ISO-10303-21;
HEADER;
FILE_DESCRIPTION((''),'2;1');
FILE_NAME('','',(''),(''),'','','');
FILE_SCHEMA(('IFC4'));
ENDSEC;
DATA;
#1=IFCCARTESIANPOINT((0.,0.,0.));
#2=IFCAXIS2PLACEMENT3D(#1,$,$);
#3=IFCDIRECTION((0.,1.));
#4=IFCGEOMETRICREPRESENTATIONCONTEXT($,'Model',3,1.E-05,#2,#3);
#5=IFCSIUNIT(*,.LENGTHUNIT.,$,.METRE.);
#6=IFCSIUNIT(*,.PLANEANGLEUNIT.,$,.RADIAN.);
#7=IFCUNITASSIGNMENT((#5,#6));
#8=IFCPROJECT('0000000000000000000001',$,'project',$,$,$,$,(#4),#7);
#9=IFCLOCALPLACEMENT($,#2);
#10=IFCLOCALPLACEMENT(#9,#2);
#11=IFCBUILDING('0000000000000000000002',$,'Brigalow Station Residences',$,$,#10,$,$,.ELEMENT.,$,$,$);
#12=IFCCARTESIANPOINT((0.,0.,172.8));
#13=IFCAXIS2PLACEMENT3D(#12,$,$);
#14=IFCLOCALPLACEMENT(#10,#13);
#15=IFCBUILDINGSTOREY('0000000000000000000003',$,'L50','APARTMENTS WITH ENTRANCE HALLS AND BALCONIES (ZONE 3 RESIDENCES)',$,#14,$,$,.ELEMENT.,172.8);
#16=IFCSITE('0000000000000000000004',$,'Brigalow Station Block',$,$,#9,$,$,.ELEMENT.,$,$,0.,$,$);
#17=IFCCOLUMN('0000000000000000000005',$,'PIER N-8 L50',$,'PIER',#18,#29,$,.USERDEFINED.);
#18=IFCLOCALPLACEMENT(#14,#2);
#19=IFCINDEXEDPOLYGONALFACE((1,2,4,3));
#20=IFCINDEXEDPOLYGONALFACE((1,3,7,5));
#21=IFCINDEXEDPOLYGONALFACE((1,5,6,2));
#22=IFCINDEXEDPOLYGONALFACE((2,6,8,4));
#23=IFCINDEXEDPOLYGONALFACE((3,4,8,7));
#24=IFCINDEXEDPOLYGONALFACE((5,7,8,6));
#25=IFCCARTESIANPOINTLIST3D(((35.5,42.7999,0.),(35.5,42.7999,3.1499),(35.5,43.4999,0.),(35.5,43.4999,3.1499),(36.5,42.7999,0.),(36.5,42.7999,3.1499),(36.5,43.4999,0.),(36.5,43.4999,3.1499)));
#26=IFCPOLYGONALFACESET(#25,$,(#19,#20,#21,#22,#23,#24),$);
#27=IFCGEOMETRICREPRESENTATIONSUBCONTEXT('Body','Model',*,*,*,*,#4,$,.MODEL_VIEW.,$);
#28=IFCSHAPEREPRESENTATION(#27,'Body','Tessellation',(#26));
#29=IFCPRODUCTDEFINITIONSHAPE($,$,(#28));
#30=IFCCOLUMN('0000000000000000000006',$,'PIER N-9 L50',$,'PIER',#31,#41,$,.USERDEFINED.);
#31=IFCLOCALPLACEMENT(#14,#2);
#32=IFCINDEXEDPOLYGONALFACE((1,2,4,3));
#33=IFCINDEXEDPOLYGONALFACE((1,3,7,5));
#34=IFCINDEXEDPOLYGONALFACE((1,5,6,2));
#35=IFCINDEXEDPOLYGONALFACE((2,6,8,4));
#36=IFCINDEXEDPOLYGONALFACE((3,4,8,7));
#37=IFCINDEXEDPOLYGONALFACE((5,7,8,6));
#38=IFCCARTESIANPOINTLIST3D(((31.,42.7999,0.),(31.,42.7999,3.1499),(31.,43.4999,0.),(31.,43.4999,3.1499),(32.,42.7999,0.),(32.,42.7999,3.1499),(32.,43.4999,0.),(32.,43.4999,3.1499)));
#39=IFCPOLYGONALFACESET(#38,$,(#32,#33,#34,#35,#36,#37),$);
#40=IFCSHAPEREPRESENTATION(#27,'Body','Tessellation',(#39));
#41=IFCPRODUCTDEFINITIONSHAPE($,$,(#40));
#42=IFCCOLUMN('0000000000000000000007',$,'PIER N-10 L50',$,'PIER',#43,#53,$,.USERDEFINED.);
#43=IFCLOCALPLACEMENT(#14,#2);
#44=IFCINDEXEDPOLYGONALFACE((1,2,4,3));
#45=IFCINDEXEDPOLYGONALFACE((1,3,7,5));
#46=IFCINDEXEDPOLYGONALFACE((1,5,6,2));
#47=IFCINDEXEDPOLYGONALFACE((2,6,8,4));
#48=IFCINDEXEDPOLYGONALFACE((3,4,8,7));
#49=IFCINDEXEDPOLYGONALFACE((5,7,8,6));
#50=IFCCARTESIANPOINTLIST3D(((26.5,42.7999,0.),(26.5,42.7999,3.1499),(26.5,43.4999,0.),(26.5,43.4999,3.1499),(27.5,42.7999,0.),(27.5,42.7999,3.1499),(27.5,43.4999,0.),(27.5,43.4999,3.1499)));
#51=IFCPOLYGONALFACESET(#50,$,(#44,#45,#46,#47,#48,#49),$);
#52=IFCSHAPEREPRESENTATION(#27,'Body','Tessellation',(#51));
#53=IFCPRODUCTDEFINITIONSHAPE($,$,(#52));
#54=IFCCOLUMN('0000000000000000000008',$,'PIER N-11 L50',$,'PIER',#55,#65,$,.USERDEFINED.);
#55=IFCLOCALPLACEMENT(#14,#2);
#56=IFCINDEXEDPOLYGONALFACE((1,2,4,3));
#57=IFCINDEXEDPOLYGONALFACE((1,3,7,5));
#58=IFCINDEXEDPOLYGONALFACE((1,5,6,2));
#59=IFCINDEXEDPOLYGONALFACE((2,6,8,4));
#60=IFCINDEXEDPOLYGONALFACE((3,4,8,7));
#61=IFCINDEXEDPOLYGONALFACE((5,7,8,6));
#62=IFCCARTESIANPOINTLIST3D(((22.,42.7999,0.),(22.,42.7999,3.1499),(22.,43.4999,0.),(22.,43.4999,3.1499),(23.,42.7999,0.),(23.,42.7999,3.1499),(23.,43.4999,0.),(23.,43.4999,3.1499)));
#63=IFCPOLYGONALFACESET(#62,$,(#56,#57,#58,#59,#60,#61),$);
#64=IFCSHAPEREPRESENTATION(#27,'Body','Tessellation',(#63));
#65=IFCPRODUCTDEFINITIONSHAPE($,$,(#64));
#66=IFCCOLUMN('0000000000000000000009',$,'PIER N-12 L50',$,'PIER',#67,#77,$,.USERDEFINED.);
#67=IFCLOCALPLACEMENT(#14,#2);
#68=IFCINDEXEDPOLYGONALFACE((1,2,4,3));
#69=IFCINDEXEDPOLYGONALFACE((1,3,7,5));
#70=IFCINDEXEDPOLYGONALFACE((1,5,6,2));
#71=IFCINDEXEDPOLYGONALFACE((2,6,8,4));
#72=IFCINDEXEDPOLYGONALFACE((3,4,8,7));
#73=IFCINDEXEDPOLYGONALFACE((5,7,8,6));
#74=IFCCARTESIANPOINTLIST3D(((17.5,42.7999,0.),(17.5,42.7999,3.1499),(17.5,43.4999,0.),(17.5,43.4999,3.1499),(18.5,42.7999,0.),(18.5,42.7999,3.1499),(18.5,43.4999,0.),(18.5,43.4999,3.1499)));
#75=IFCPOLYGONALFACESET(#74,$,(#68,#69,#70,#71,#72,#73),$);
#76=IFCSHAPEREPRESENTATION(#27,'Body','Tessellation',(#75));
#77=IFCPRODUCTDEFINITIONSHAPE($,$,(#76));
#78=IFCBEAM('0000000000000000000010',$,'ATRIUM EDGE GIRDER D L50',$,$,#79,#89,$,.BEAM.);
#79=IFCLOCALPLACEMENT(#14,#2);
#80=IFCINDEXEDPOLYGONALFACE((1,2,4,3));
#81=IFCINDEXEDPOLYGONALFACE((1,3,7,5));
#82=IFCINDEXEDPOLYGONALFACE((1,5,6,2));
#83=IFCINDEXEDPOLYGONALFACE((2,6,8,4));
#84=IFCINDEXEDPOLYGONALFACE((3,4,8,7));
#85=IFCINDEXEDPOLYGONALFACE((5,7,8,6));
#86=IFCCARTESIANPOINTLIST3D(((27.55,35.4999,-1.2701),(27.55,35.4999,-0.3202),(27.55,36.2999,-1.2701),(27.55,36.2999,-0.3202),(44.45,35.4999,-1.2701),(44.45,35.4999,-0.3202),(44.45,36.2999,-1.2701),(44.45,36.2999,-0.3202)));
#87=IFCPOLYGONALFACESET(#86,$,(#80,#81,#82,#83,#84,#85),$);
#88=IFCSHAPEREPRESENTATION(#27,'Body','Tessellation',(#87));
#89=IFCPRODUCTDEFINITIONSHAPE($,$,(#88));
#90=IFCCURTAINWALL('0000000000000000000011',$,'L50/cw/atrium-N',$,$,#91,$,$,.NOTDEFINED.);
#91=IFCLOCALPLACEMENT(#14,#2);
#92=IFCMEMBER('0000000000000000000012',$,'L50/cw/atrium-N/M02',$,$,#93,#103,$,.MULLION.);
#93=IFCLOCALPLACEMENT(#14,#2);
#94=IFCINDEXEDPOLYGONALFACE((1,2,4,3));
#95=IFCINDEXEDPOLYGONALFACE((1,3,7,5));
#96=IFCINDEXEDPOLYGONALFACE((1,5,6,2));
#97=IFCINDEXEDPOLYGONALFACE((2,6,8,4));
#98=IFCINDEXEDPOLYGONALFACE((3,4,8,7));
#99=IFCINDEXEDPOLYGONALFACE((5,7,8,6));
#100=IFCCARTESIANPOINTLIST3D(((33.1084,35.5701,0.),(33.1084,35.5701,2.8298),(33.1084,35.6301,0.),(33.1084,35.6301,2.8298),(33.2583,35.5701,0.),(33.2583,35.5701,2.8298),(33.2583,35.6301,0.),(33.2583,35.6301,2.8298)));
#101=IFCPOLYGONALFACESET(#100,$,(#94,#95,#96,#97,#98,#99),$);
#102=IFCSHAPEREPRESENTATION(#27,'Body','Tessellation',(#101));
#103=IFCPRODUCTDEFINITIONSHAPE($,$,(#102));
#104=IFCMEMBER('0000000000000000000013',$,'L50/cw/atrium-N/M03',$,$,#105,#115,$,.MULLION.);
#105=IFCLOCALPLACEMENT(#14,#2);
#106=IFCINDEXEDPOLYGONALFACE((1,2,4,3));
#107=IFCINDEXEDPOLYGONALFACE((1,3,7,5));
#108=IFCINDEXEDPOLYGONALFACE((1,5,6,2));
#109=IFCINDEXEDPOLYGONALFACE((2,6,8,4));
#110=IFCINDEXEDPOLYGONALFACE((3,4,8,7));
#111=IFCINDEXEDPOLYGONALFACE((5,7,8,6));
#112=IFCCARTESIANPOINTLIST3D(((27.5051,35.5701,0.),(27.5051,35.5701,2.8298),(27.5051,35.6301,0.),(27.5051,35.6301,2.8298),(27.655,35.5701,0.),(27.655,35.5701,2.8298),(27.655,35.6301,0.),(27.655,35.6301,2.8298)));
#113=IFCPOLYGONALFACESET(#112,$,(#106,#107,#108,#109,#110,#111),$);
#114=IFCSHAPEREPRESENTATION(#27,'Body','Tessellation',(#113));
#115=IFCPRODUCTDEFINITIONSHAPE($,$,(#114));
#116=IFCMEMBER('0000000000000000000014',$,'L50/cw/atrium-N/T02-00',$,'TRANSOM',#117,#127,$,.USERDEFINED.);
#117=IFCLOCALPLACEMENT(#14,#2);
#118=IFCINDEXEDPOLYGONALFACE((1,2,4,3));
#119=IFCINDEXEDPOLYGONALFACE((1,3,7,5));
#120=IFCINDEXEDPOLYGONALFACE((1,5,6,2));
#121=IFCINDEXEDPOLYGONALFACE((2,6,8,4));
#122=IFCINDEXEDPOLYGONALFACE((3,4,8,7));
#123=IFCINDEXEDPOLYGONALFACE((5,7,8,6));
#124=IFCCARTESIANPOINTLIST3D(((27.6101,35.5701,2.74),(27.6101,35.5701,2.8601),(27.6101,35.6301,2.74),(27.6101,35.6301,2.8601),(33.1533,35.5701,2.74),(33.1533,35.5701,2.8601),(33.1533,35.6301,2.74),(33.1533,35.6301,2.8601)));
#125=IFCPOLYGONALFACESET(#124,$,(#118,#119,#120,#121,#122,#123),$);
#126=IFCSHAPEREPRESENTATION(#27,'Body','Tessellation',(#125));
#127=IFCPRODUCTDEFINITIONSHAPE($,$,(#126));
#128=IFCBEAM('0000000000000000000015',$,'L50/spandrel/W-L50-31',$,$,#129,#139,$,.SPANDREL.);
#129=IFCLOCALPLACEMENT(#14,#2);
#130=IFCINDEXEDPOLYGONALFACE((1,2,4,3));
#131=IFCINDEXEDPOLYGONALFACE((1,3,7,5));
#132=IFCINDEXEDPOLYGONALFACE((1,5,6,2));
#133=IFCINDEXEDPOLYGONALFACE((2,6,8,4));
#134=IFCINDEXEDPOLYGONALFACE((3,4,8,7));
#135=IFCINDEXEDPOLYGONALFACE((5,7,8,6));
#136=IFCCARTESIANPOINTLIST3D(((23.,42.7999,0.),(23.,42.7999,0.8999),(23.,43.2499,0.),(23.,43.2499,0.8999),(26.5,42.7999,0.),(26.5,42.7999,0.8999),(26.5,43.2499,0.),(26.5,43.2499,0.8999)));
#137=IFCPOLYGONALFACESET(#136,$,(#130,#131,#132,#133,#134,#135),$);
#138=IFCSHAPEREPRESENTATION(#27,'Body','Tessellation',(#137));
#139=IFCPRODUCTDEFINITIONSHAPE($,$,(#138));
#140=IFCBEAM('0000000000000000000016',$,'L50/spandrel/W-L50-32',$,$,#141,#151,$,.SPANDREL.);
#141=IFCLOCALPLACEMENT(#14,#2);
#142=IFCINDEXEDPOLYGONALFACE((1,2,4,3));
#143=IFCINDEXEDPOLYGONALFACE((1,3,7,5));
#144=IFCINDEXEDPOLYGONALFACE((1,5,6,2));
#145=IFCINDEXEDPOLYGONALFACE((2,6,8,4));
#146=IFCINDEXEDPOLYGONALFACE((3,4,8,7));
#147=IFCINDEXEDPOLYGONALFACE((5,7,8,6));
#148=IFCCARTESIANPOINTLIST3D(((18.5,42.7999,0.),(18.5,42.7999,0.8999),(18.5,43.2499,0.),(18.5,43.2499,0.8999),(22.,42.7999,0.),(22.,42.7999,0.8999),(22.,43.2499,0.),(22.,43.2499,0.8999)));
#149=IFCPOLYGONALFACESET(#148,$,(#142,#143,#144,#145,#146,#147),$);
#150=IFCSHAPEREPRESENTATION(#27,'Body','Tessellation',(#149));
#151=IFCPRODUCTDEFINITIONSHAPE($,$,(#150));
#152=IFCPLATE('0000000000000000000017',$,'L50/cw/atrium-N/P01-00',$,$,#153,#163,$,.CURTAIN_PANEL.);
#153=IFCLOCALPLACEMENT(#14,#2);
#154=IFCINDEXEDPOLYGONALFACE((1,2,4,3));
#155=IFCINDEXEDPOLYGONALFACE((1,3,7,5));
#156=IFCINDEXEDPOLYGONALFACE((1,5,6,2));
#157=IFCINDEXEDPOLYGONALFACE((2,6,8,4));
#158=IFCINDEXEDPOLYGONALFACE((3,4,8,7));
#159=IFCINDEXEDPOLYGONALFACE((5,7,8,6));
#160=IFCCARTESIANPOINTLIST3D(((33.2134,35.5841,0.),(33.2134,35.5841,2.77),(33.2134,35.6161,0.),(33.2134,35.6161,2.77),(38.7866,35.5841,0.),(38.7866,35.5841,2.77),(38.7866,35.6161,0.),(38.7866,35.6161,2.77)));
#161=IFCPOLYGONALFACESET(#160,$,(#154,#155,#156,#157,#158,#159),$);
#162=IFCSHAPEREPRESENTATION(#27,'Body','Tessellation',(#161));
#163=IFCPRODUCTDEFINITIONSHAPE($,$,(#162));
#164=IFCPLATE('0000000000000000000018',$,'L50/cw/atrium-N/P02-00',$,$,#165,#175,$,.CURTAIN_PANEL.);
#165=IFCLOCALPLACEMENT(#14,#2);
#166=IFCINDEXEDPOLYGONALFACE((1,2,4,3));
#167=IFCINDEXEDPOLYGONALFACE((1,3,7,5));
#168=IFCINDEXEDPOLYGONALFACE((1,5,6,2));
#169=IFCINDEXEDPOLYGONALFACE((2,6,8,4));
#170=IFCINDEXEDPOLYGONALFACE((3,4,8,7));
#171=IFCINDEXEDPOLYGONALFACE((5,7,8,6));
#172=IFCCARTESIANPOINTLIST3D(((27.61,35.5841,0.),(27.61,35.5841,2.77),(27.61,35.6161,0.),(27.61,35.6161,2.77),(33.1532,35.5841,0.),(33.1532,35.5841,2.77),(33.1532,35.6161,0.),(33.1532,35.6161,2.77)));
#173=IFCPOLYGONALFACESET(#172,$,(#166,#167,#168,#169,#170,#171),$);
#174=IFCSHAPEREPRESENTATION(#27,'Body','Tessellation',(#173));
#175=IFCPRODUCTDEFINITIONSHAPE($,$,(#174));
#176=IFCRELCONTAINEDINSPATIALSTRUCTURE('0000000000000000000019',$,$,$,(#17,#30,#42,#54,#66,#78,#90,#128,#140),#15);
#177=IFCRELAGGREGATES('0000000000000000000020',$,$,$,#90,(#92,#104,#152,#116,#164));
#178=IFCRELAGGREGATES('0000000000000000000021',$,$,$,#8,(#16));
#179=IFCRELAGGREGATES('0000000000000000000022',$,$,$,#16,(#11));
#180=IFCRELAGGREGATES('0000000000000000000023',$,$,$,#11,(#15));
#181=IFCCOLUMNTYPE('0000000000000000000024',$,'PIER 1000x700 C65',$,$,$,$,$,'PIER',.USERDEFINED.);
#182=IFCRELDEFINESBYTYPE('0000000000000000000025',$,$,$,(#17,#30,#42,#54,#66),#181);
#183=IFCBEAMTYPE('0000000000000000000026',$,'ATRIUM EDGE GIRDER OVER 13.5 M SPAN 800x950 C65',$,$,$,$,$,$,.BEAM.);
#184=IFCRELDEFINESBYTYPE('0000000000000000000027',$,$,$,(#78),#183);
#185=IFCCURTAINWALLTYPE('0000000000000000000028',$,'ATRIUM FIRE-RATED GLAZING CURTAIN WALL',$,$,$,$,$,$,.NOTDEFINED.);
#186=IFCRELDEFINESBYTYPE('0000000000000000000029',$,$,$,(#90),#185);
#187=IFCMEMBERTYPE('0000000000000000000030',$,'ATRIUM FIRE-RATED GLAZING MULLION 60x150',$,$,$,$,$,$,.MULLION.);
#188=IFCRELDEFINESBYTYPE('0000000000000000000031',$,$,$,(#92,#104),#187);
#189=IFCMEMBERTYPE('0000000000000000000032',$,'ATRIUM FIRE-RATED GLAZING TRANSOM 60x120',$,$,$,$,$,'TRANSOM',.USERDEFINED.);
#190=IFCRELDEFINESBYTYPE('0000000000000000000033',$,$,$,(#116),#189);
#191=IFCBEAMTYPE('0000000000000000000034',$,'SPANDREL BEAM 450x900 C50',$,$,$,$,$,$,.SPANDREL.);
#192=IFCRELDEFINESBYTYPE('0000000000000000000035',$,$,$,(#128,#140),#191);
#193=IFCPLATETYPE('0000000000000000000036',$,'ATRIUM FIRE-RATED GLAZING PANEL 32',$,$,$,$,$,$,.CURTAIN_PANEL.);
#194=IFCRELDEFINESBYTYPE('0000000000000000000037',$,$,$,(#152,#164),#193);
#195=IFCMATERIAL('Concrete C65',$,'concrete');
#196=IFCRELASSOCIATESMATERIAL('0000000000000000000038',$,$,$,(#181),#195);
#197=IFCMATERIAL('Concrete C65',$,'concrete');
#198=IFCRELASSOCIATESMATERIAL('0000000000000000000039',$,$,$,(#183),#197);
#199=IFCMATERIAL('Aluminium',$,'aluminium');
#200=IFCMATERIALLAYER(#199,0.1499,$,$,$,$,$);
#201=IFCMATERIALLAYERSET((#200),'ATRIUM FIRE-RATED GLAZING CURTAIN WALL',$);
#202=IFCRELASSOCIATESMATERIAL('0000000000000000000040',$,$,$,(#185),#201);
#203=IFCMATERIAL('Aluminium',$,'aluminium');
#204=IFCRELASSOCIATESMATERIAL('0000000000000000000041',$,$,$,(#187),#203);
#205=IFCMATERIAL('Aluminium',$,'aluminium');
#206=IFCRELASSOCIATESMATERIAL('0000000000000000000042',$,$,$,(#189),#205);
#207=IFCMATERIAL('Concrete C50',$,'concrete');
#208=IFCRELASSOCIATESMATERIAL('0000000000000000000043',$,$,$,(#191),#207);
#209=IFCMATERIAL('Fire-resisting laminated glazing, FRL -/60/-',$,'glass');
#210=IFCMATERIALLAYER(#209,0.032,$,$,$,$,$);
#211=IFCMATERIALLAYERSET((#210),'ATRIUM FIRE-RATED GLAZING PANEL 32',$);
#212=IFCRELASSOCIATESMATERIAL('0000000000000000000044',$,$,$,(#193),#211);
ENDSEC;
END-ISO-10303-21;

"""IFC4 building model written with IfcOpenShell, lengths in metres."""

from ifc_helpers import new_model, si_unit, direction, frame, origin, origin_2d, place, context, subcontext, project, spatial, rectangle, extrude, material, layer, layer_set, material_profile, profile_set, type_object, element, aggregate, save


model = new_model("IFC4")

# Units and contexts
model_context = context("Model", 3, precision=1e-05, world=origin(), true_north=direction((0.0, 1.0)))
body_context = subcontext(model_context, "Body", "Model", "MODEL_VIEW")
ifc_project = project(units=[si_unit("LENGTHUNIT", "METRE"), si_unit("PLANEANGLEUNIT", "RADIAN")], contexts=[model_context])

# Site, building, storey
site_placement = place(None, origin())
site = spatial("IfcSite", under=ifc_project, at=site_placement, Name="Brigalow Station Block", CompositionType="ELEMENT", RefElevation=0.0)
building_placement = place(site_placement, origin())
building = spatial("IfcBuilding", under=site, at=building_placement, Name="Brigalow Station Residences", CompositionType="ELEMENT")
storey_placement = place(building_placement, frame((0.0, 0.0, 172.8)))
storey = spatial("IfcBuildingStorey", under=building, at=storey_placement, Name="L50", Description="APARTMENTS WITH ENTRANCE HALLS AND BALCONIES (ZONE 3 RESIDENCES)", CompositionType="ELEMENT", Elevation=172.8)

# Columns
ifc_material_1 = material(Name="Concrete C65", Category="concrete")
ifc_material_profile_1 = material_profile(ifc_material_1, rectangle(XDim=1.0, YDim=0.7, at=origin_2d()), Name="RC1000x700")
ifc_profile_set_1 = profile_set([ifc_material_profile_1], Name="Concrete C65")
column_type = type_object("IfcColumnType", Name="PIER 1000x700 C65", ElementType="PIER", PredefinedType="USERDEFINED", material=ifc_profile_set_1)
for number, where, z_axis, x_axis, name in (
    (1, (36.0, 43.1499, 0.0), (0.0, 0.0, 1.0), (-1.0, 0.0, 0.0), "PIER N-8 L50"),
    (2, (31.5, 43.1499, 0.0), (0.0, 0.0, 1.0), (-1.0, 0.0, 0.0), "PIER N-9 L50"),
    (3, (27.0, 43.1499, 0.0), (0.0, 0.0, 1.0), (-1.0, 0.0, 0.0), "PIER N-10 L50"),
    (4, (22.5, 43.1499, 0.0), (0.0, 0.0, 1.0), (-1.0, 0.0, 0.0), "PIER N-11 L50"),
    (5, (18.0, 43.1499, 0.0), (0.0, 0.0, 1.0), (-1.0, 0.0, 0.0), "PIER N-12 L50"),
):
    element("IfcColumn", number, at=place(storey_placement, frame(where, z_axis=z_axis, x_axis=x_axis)), inside=storey, type_object=column_type, Name=name, ObjectType="PIER", PredefinedType="USERDEFINED", context=body_context, shape_type="SweptSolid", body=[
        extrude(rectangle(XDim=1.0, YDim=0.7, at=origin_2d()), origin(), (0.0, 0.0, 1.0), 3.1499),
    ])

# Beam
ifc_material_2 = material(Name="Concrete C65", Category="concrete")
ifc_material_profile_2 = material_profile(ifc_material_2, rectangle(XDim=0.8, YDim=0.95, at=origin_2d()), Name="RC800x950")
ifc_profile_set_2 = profile_set([ifc_material_profile_2], Name="Concrete C65")
beam_type_1 = type_object("IfcBeamType", Name="ATRIUM EDGE GIRDER OVER 13.5 M SPAN 800x950 C65", PredefinedType="BEAM", material=ifc_profile_set_2)
beam_placement = place(storey_placement, frame((27.55, 35.8999, -0.7952), z_axis=(1.0, 0.0, 0.0), x_axis=(0.0, 1.0, 0.0)))
element("IfcBeam", 6, at=beam_placement, inside=storey, type_object=beam_type_1, Name="ATRIUM EDGE GIRDER D L50", PredefinedType="BEAM", context=body_context, shape_type="SweptSolid", body=[
    extrude(rectangle(XDim=0.8, YDim=0.95, at=origin_2d()), origin(), (0.0, 0.0, 1.0), 16.8999),
])

# Curtain wall, members
ifc_material_3 = material(Name="Aluminium", Category="aluminium")
ifc_layer_1 = layer(ifc_material_3, 0.1499)
ifc_layer_set_1 = layer_set([ifc_layer_1], Name="ATRIUM FIRE-RATED GLAZING CURTAIN WALL")
curtain_wall_type = type_object("IfcCurtainWallType", Name="ATRIUM FIRE-RATED GLAZING CURTAIN WALL", PredefinedType="NOTDEFINED", material=ifc_layer_set_1)
curtain_wall_placement = place(storey_placement, origin())
curtain_wall = element("IfcCurtainWall", 7, at=curtain_wall_placement, inside=storey, type_object=curtain_wall_type, Name="L50/cw/atrium-N", PredefinedType="NOTDEFINED")
ifc_material_4 = material(Name="Aluminium", Category="aluminium")
ifc_material_profile_3 = material_profile(ifc_material_4, rectangle(XDim=0.0601, YDim=0.1499, at=origin_2d()), Name="ATRIUM FIRE-RATED GLAZING MULLION 60x150")
ifc_profile_set_3 = profile_set([ifc_material_profile_3], Name="Aluminium")
member_type_1 = type_object("IfcMemberType", Name="ATRIUM FIRE-RATED GLAZING MULLION 60x150", PredefinedType="MULLION", material=ifc_profile_set_3)
member_1_placement = place(storey_placement, frame((33.1833, 35.6001, 0.0), z_axis=(0.0, 0.0, 1.0), x_axis=(0.0, -1.0, 0.0)))
member_1 = element("IfcMember", 8, at=member_1_placement, type_object=member_type_1, Name="L50/cw/atrium-N/M02", PredefinedType="MULLION", context=body_context, shape_type="SweptSolid", body=[
    extrude(rectangle(XDim=0.0601, YDim=0.1499, at=origin_2d()), origin(), (0.0, 0.0, 1.0), 2.8298),
])
member_2_placement = place(storey_placement, frame((27.5801, 35.6001, 0.0), z_axis=(0.0, 0.0, 1.0), x_axis=(0.0, -1.0, 0.0)))
member_2 = element("IfcMember", 9, at=member_2_placement, type_object=member_type_1, Name="L50/cw/atrium-N/M03", PredefinedType="MULLION", context=body_context, shape_type="SweptSolid", body=[
    extrude(rectangle(XDim=0.0601, YDim=0.1499, at=origin_2d()), origin(), (0.0, 0.0, 1.0), 2.8298),
])
ifc_material_5 = material(Name="Aluminium", Category="aluminium")
ifc_material_profile_4 = material_profile(ifc_material_5, rectangle(XDim=0.0601, YDim=0.1201, at=origin_2d()), Name="ATRIUM FIRE-RATED GLAZING TRANSOM 60x120")
ifc_profile_set_4 = profile_set([ifc_material_profile_4], Name="Aluminium")
member_type_2 = type_object("IfcMemberType", Name="ATRIUM FIRE-RATED GLAZING TRANSOM 60x120", ElementType="TRANSOM", PredefinedType="USERDEFINED", material=ifc_profile_set_4)
member_3_placement = place(storey_placement, frame((33.1533, 35.6001, 2.8), z_axis=(-1.0, 0.0, 0.0), x_axis=(0.0, -1.0, 0.0)))
member_3 = element("IfcMember", 10, at=member_3_placement, type_object=member_type_2, Name="L50/cw/atrium-N/T02-00", ObjectType="TRANSOM", PredefinedType="USERDEFINED", context=body_context, shape_type="SweptSolid", body=[
    extrude(rectangle(XDim=0.0601, YDim=0.1201, at=origin_2d()), origin(), (0.0, 0.0, 1.0), 5.5432),
])

# Beams
ifc_material_6 = material(Name="Concrete C50", Category="concrete")
ifc_material_profile_5 = material_profile(ifc_material_6, rectangle(XDim=0.45, YDim=0.8999, at=origin_2d()), Name="RC450x900")
ifc_profile_set_5 = profile_set([ifc_material_profile_5], Name="Concrete C50")
beam_type_2 = type_object("IfcBeamType", Name="SPANDREL BEAM 450x900 C50", PredefinedType="SPANDREL", material=ifc_profile_set_5)
for number, where, z_axis, x_axis, name in (
    (11, (26.5, 43.0249, 0.45), (-1.0, 0.0, 0.0), (0.0, -1.0, 0.0), "L50/spandrel/W-L50-31"),
    (12, (22.0, 43.0249, 0.45), (-1.0, 0.0, 0.0), (0.0, -1.0, 0.0), "L50/spandrel/W-L50-32"),
):
    element("IfcBeam", number, at=place(storey_placement, frame(where, z_axis=z_axis, x_axis=x_axis)), inside=storey, type_object=beam_type_2, Name=name, PredefinedType="SPANDREL", context=body_context, shape_type="SweptSolid", body=[
        extrude(rectangle(XDim=0.45, YDim=0.8999, at=origin_2d()), origin(), (0.0, 0.0, 1.0), 3.5),
    ])

# Plates
ifc_material_7 = material(Name="Fire-resisting laminated glazing, FRL -/60/-", Category="glass")
ifc_layer_2 = layer(ifc_material_7, 0.032)
ifc_layer_set_2 = layer_set([ifc_layer_2], Name="ATRIUM FIRE-RATED GLAZING PANEL 32")
plate_type = type_object("IfcPlateType", Name="ATRIUM FIRE-RATED GLAZING PANEL 32", PredefinedType="CURTAIN_PANEL", material=ifc_layer_set_2)
plate_1_placement = place(storey_placement, frame((36.0, 35.6001, 0.0), z_axis=(0.0, 0.0, 1.0), x_axis=(-1.0, 0.0, 0.0)))
plate_1 = element("IfcPlate", 13, at=plate_1_placement, type_object=plate_type, Name="L50/cw/atrium-N/P01-00", PredefinedType="CURTAIN_PANEL", context=body_context, shape_type="SweptSolid", body=[
    extrude(rectangle(XDim=5.5732, YDim=0.032, at=origin_2d()), origin(), (0.0, 0.0, 1.0), 2.77),
])
plate_2_placement = place(storey_placement, frame((30.3816, 35.6001, 0.0), z_axis=(0.0, 0.0, 1.0), x_axis=(-1.0, 0.0, 0.0)))
plate_2 = element("IfcPlate", 14, at=plate_2_placement, type_object=plate_type, Name="L50/cw/atrium-N/P02-00", PredefinedType="CURTAIN_PANEL", context=body_context, shape_type="SweptSolid", body=[
    extrude(rectangle(XDim=5.5432, YDim=0.032, at=origin_2d()), origin(), (0.0, 0.0, 1.0), 2.77),
])
aggregate(curtain_wall, [member_1, member_2, plate_1, member_3, plate_2])

save(model, "model.ifc")
